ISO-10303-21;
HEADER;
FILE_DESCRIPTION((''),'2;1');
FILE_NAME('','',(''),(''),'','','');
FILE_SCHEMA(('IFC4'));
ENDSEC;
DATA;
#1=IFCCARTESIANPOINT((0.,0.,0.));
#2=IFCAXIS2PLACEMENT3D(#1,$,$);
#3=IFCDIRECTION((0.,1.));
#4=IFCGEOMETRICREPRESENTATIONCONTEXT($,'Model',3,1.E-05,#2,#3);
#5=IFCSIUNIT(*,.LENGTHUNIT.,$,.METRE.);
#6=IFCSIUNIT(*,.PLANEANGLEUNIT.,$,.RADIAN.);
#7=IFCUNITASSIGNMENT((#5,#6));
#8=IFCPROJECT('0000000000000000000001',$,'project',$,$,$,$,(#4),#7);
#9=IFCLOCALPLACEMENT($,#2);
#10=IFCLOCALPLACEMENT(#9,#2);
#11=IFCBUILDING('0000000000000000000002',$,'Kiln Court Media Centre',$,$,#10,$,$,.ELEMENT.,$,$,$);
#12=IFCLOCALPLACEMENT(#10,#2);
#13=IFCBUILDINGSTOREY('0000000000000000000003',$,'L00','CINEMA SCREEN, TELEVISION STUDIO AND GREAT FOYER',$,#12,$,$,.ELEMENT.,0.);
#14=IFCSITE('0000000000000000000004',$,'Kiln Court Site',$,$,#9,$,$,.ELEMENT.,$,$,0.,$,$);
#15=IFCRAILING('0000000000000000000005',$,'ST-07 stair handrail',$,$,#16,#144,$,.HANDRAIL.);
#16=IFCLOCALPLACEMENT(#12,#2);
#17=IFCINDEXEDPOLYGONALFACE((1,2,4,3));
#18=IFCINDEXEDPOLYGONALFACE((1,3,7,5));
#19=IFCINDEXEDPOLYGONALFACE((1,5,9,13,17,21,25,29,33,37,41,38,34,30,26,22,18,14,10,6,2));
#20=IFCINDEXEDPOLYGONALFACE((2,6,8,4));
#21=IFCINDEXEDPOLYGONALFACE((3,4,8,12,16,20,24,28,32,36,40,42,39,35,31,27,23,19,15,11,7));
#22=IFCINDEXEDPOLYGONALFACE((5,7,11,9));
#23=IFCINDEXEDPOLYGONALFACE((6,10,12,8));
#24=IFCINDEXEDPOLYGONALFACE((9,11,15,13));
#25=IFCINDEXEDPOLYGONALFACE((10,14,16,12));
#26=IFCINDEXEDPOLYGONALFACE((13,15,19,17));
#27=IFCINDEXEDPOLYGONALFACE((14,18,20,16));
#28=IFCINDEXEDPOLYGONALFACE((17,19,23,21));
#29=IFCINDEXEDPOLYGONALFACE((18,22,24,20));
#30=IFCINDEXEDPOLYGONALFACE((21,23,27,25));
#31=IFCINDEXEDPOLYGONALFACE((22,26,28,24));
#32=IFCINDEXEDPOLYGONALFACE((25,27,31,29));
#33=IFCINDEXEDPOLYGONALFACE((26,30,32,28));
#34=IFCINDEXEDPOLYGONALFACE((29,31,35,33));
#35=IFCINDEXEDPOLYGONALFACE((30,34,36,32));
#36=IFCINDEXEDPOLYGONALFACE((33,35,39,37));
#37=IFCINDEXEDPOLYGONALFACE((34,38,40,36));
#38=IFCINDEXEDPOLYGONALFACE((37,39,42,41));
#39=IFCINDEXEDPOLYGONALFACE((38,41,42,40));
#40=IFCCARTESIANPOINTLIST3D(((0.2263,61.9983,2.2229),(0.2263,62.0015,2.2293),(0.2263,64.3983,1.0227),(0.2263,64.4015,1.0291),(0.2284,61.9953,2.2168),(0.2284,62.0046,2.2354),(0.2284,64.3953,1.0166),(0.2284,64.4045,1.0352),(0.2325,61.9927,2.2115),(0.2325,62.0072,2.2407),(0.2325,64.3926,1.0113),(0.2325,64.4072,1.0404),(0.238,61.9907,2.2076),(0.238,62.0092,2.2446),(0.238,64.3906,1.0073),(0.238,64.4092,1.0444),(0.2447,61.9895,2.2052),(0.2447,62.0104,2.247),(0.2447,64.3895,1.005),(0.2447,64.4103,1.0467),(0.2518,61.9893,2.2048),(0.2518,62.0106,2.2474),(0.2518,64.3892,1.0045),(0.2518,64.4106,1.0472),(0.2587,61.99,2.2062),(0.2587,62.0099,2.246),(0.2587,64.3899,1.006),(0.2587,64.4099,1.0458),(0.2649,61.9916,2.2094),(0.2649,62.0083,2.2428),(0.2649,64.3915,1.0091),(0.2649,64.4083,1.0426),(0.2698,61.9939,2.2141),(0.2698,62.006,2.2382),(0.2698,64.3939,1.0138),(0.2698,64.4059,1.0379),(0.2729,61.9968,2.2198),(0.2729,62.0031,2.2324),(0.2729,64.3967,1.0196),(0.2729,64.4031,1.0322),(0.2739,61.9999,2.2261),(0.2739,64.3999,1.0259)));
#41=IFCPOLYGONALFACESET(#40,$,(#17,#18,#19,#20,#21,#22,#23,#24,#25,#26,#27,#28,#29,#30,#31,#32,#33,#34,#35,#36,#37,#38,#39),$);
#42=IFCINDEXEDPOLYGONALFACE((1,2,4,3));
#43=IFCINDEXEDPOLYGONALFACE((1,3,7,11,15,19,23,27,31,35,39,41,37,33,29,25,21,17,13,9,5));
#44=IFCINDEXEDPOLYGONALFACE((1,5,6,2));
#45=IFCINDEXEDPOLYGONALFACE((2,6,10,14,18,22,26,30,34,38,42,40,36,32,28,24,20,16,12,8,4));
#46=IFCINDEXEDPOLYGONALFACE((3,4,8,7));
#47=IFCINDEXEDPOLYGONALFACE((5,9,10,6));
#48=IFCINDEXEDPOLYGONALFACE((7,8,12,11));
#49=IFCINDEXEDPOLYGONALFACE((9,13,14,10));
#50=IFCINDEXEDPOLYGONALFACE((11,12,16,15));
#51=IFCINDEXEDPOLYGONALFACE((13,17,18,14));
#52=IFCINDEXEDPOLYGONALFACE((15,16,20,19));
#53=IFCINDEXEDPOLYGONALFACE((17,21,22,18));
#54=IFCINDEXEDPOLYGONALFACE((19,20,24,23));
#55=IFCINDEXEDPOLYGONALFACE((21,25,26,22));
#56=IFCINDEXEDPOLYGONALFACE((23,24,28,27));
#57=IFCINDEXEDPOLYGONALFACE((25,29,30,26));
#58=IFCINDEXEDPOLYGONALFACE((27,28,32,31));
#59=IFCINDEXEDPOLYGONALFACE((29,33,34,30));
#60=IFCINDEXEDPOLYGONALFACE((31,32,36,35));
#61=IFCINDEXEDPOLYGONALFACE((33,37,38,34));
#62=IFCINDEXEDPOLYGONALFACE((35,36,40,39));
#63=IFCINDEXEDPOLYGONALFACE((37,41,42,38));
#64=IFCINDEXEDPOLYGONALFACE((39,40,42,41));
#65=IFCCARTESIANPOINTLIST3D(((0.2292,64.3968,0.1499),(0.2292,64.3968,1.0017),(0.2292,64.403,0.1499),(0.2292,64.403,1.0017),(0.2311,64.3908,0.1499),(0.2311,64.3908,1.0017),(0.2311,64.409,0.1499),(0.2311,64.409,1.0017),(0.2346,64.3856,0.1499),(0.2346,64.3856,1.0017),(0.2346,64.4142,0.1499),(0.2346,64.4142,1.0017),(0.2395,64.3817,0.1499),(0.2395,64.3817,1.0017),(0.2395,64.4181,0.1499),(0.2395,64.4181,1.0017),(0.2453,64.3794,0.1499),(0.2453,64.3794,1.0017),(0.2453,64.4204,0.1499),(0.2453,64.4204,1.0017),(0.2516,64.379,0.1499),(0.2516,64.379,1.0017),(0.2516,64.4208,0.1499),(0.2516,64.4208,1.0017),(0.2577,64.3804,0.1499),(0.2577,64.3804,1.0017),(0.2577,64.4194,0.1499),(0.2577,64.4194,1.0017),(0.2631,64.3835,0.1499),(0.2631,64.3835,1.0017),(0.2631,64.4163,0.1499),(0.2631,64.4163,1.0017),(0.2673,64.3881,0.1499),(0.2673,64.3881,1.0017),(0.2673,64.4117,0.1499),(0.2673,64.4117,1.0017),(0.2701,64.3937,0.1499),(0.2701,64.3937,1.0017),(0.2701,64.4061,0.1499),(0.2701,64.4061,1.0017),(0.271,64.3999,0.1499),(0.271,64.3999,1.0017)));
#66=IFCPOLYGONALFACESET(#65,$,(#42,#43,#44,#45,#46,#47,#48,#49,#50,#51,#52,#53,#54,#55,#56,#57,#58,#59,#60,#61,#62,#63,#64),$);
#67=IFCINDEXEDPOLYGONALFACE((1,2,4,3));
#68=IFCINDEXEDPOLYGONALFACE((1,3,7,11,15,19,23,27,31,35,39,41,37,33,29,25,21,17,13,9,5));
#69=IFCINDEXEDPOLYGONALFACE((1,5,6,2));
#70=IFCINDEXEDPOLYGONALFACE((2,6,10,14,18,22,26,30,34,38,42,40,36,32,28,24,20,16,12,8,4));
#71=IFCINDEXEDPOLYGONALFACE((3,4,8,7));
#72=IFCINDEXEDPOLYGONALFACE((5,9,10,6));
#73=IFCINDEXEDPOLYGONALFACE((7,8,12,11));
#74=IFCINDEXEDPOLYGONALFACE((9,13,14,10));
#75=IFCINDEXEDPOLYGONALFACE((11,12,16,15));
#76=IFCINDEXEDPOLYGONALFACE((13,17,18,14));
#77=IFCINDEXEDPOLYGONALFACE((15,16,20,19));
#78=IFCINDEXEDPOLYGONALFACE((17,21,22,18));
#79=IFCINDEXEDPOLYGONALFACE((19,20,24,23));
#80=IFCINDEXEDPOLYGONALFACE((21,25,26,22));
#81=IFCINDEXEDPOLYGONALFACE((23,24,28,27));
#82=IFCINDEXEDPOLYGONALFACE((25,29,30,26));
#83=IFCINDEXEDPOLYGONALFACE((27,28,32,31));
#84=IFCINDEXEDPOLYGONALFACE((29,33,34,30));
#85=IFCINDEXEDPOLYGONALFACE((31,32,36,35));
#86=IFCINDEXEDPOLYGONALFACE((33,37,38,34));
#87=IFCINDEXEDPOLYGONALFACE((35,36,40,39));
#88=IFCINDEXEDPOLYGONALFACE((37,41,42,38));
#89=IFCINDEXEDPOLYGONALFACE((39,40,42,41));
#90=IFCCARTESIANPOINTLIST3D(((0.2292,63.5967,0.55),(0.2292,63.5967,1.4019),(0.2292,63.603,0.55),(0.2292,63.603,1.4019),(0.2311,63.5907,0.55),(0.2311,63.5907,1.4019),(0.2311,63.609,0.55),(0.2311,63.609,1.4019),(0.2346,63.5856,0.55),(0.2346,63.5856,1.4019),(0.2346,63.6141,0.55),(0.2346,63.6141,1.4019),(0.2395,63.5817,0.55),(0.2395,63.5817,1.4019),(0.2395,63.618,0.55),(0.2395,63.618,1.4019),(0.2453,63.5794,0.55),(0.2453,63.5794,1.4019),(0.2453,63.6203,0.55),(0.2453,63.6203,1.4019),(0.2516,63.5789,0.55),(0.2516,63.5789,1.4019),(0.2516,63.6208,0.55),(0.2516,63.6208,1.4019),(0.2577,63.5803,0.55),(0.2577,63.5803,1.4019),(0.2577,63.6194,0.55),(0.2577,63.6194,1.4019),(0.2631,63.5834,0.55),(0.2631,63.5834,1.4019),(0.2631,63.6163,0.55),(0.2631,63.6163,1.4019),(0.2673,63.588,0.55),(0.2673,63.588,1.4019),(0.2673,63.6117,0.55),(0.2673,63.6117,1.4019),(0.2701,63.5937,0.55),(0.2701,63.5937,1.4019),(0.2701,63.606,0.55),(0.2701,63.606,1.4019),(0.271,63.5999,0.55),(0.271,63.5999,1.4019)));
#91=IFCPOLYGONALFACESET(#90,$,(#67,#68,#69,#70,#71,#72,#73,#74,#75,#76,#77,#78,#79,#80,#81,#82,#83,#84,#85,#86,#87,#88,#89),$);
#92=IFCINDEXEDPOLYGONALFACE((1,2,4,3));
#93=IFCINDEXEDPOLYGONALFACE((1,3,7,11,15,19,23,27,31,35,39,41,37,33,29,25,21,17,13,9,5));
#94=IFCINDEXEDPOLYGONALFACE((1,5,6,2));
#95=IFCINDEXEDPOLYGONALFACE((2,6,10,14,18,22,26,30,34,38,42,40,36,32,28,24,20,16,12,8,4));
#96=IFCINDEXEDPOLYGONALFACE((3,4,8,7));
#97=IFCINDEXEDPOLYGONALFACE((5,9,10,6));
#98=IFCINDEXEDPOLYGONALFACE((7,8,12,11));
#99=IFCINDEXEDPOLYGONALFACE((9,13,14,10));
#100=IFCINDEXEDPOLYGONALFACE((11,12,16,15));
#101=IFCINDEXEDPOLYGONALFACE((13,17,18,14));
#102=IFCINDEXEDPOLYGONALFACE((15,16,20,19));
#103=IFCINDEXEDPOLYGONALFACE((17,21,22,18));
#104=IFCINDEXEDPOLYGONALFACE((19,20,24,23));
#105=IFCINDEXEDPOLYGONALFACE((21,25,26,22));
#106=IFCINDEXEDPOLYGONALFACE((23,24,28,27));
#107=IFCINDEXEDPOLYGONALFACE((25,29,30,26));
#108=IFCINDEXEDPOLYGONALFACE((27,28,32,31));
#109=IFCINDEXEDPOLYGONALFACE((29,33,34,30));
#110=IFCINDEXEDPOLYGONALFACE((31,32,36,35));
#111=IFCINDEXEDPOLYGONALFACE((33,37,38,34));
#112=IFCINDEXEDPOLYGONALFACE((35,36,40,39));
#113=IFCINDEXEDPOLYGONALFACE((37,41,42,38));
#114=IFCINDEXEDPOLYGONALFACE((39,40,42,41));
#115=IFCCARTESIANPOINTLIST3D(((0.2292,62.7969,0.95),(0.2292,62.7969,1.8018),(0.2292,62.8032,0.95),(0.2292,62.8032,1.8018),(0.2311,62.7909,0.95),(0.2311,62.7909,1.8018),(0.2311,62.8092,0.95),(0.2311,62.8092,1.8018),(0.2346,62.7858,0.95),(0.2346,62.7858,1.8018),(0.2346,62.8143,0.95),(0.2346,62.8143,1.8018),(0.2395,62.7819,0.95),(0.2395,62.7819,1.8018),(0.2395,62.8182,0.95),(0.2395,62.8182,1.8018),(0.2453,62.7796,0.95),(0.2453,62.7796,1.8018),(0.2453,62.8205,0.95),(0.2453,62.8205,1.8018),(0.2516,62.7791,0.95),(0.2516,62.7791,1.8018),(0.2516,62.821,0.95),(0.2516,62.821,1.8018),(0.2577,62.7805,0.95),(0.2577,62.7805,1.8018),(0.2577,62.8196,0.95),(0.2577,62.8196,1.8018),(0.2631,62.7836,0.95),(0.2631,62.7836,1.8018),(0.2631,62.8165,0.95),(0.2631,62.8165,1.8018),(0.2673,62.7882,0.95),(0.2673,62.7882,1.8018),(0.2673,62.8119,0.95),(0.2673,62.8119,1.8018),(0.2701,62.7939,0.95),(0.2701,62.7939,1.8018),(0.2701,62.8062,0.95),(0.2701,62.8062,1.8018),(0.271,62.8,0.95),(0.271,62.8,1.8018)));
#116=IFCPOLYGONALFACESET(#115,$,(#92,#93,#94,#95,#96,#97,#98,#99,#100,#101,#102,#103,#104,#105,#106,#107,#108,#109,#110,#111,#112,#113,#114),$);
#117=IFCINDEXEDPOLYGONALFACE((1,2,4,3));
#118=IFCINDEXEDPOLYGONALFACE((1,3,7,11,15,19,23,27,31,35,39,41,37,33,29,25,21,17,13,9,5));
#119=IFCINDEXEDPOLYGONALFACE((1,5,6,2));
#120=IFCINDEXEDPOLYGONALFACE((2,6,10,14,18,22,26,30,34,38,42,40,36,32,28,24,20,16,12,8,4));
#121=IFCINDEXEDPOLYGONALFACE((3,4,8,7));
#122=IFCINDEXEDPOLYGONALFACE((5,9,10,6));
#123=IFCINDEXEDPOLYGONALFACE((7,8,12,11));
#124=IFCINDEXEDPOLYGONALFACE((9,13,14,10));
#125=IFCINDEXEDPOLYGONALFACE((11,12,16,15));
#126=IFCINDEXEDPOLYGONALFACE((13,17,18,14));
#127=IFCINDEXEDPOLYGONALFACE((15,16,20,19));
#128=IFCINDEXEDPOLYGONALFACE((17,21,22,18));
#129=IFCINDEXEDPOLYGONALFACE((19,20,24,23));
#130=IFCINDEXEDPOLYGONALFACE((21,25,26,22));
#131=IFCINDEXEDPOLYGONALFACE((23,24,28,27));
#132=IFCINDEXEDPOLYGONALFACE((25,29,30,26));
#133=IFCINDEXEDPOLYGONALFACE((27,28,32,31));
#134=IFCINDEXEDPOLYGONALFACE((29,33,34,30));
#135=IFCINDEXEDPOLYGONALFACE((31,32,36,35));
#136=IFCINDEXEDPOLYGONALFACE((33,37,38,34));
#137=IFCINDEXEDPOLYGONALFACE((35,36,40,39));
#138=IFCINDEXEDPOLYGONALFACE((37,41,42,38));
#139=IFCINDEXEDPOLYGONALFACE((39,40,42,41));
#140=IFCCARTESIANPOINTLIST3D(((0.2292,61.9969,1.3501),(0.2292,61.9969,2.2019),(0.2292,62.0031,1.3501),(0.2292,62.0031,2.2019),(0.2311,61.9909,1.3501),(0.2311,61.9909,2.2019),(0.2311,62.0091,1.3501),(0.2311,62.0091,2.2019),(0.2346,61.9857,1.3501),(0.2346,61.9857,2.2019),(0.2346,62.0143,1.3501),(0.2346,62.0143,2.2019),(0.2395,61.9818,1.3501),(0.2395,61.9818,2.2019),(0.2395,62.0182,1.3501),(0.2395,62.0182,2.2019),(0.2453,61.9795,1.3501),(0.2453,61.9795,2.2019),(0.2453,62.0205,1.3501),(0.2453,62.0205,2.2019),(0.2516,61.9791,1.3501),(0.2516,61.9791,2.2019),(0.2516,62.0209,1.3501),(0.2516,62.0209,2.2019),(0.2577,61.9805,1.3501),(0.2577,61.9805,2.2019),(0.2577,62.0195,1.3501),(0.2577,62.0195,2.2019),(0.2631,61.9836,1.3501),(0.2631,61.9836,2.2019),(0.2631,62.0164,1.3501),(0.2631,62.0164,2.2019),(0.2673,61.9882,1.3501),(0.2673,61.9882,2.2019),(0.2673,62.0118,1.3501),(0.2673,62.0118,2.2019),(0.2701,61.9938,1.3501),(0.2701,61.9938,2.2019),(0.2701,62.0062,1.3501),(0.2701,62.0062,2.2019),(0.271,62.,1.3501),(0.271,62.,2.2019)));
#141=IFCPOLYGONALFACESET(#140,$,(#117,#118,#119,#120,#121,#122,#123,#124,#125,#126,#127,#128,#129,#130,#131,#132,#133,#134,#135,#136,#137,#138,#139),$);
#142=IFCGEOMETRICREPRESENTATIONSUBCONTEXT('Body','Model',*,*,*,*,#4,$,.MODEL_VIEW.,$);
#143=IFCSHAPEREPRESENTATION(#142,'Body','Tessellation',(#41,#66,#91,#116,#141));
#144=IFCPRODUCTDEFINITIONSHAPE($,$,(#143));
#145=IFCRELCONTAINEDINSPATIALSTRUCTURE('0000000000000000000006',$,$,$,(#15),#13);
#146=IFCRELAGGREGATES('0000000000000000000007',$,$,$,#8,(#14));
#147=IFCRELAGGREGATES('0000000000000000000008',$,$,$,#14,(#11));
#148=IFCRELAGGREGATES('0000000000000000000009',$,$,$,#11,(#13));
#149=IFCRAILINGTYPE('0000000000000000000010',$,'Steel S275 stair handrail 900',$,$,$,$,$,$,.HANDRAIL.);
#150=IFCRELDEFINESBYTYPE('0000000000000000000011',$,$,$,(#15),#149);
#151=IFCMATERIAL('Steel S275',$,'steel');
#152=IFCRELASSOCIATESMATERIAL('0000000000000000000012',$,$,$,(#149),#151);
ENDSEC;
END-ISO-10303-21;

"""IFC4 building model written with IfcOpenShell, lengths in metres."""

from ifc_helpers import new_model, si_unit, direction, frame, origin, origin_2d, place, context, subcontext, project, spatial, circle, extrude, material, type_object, element, save


model = new_model("IFC4")

# Units and contexts
model_context = context("Model", 3, precision=1e-05, world=origin(), true_north=direction((0.0, 1.0)))
body_context = subcontext(model_context, "Body", "Model", "MODEL_VIEW")
ifc_project = project(units=[si_unit("LENGTHUNIT", "METRE"), si_unit("PLANEANGLEUNIT", "RADIAN")], contexts=[model_context])

# Site, building, storey
site_placement = place(None, origin())
site = spatial("IfcSite", under=ifc_project, at=site_placement, Name="Kiln Court Site", CompositionType="ELEMENT", RefElevation=0.0)
building_placement = place(site_placement, origin())
building = spatial("IfcBuilding", under=site, at=building_placement, Name="Kiln Court Media Centre", CompositionType="ELEMENT")
storey_placement = place(building_placement, origin())
storey = spatial("IfcBuildingStorey", under=building, at=storey_placement, Name="L00", Description="CINEMA SCREEN, TELEVISION STUDIO AND GREAT FOYER", CompositionType="ELEMENT", Elevation=0.0)

# Railing
ifc_material_1 = material(Name="Steel S275", Category="steel")
railing_type_1 = type_object("IfcRailingType", Name="Steel S275 stair handrail 900", PredefinedType="HANDRAIL", material=ifc_material_1)
railing_1_placement = place(storey_placement, frame((0.25, 64.3999, 0.1499)))
element("IfcRailing", 1, at=railing_1_placement, inside=storey, type_object=railing_type_1, Name="ST-07 stair handrail", PredefinedType="HANDRAIL", context=body_context, shape_type="SweptSolid", body=[
    extrude(circle(Radius=0.0239, at=origin_2d()), frame((0.0, 0.0, 0.876), z_axis=(0.0, -0.894391, 0.447286), x_axis=(1.0, 0.0, 0.0)), (0.0, 0.0, 1.0), 2.6833),
    extrude(circle(Radius=0.021, at=origin_2d()), origin(), (0.0, 0.0, 1.0), 0.8518),
    extrude(circle(Radius=0.021, at=origin_2d()), frame((0.0, -0.8, 0.4001)), (0.0, 0.0, 1.0), 0.8518),
    extrude(circle(Radius=0.021, at=origin_2d()), frame((0.0, -1.5999, 0.8)), (0.0, 0.0, 1.0), 0.8518),
    extrude(circle(Radius=0.021, at=origin_2d()), frame((0.0, -2.3999, 1.2002)), (0.0, 0.0, 1.0), 0.8518),
])

save(model, "model.ifc")
